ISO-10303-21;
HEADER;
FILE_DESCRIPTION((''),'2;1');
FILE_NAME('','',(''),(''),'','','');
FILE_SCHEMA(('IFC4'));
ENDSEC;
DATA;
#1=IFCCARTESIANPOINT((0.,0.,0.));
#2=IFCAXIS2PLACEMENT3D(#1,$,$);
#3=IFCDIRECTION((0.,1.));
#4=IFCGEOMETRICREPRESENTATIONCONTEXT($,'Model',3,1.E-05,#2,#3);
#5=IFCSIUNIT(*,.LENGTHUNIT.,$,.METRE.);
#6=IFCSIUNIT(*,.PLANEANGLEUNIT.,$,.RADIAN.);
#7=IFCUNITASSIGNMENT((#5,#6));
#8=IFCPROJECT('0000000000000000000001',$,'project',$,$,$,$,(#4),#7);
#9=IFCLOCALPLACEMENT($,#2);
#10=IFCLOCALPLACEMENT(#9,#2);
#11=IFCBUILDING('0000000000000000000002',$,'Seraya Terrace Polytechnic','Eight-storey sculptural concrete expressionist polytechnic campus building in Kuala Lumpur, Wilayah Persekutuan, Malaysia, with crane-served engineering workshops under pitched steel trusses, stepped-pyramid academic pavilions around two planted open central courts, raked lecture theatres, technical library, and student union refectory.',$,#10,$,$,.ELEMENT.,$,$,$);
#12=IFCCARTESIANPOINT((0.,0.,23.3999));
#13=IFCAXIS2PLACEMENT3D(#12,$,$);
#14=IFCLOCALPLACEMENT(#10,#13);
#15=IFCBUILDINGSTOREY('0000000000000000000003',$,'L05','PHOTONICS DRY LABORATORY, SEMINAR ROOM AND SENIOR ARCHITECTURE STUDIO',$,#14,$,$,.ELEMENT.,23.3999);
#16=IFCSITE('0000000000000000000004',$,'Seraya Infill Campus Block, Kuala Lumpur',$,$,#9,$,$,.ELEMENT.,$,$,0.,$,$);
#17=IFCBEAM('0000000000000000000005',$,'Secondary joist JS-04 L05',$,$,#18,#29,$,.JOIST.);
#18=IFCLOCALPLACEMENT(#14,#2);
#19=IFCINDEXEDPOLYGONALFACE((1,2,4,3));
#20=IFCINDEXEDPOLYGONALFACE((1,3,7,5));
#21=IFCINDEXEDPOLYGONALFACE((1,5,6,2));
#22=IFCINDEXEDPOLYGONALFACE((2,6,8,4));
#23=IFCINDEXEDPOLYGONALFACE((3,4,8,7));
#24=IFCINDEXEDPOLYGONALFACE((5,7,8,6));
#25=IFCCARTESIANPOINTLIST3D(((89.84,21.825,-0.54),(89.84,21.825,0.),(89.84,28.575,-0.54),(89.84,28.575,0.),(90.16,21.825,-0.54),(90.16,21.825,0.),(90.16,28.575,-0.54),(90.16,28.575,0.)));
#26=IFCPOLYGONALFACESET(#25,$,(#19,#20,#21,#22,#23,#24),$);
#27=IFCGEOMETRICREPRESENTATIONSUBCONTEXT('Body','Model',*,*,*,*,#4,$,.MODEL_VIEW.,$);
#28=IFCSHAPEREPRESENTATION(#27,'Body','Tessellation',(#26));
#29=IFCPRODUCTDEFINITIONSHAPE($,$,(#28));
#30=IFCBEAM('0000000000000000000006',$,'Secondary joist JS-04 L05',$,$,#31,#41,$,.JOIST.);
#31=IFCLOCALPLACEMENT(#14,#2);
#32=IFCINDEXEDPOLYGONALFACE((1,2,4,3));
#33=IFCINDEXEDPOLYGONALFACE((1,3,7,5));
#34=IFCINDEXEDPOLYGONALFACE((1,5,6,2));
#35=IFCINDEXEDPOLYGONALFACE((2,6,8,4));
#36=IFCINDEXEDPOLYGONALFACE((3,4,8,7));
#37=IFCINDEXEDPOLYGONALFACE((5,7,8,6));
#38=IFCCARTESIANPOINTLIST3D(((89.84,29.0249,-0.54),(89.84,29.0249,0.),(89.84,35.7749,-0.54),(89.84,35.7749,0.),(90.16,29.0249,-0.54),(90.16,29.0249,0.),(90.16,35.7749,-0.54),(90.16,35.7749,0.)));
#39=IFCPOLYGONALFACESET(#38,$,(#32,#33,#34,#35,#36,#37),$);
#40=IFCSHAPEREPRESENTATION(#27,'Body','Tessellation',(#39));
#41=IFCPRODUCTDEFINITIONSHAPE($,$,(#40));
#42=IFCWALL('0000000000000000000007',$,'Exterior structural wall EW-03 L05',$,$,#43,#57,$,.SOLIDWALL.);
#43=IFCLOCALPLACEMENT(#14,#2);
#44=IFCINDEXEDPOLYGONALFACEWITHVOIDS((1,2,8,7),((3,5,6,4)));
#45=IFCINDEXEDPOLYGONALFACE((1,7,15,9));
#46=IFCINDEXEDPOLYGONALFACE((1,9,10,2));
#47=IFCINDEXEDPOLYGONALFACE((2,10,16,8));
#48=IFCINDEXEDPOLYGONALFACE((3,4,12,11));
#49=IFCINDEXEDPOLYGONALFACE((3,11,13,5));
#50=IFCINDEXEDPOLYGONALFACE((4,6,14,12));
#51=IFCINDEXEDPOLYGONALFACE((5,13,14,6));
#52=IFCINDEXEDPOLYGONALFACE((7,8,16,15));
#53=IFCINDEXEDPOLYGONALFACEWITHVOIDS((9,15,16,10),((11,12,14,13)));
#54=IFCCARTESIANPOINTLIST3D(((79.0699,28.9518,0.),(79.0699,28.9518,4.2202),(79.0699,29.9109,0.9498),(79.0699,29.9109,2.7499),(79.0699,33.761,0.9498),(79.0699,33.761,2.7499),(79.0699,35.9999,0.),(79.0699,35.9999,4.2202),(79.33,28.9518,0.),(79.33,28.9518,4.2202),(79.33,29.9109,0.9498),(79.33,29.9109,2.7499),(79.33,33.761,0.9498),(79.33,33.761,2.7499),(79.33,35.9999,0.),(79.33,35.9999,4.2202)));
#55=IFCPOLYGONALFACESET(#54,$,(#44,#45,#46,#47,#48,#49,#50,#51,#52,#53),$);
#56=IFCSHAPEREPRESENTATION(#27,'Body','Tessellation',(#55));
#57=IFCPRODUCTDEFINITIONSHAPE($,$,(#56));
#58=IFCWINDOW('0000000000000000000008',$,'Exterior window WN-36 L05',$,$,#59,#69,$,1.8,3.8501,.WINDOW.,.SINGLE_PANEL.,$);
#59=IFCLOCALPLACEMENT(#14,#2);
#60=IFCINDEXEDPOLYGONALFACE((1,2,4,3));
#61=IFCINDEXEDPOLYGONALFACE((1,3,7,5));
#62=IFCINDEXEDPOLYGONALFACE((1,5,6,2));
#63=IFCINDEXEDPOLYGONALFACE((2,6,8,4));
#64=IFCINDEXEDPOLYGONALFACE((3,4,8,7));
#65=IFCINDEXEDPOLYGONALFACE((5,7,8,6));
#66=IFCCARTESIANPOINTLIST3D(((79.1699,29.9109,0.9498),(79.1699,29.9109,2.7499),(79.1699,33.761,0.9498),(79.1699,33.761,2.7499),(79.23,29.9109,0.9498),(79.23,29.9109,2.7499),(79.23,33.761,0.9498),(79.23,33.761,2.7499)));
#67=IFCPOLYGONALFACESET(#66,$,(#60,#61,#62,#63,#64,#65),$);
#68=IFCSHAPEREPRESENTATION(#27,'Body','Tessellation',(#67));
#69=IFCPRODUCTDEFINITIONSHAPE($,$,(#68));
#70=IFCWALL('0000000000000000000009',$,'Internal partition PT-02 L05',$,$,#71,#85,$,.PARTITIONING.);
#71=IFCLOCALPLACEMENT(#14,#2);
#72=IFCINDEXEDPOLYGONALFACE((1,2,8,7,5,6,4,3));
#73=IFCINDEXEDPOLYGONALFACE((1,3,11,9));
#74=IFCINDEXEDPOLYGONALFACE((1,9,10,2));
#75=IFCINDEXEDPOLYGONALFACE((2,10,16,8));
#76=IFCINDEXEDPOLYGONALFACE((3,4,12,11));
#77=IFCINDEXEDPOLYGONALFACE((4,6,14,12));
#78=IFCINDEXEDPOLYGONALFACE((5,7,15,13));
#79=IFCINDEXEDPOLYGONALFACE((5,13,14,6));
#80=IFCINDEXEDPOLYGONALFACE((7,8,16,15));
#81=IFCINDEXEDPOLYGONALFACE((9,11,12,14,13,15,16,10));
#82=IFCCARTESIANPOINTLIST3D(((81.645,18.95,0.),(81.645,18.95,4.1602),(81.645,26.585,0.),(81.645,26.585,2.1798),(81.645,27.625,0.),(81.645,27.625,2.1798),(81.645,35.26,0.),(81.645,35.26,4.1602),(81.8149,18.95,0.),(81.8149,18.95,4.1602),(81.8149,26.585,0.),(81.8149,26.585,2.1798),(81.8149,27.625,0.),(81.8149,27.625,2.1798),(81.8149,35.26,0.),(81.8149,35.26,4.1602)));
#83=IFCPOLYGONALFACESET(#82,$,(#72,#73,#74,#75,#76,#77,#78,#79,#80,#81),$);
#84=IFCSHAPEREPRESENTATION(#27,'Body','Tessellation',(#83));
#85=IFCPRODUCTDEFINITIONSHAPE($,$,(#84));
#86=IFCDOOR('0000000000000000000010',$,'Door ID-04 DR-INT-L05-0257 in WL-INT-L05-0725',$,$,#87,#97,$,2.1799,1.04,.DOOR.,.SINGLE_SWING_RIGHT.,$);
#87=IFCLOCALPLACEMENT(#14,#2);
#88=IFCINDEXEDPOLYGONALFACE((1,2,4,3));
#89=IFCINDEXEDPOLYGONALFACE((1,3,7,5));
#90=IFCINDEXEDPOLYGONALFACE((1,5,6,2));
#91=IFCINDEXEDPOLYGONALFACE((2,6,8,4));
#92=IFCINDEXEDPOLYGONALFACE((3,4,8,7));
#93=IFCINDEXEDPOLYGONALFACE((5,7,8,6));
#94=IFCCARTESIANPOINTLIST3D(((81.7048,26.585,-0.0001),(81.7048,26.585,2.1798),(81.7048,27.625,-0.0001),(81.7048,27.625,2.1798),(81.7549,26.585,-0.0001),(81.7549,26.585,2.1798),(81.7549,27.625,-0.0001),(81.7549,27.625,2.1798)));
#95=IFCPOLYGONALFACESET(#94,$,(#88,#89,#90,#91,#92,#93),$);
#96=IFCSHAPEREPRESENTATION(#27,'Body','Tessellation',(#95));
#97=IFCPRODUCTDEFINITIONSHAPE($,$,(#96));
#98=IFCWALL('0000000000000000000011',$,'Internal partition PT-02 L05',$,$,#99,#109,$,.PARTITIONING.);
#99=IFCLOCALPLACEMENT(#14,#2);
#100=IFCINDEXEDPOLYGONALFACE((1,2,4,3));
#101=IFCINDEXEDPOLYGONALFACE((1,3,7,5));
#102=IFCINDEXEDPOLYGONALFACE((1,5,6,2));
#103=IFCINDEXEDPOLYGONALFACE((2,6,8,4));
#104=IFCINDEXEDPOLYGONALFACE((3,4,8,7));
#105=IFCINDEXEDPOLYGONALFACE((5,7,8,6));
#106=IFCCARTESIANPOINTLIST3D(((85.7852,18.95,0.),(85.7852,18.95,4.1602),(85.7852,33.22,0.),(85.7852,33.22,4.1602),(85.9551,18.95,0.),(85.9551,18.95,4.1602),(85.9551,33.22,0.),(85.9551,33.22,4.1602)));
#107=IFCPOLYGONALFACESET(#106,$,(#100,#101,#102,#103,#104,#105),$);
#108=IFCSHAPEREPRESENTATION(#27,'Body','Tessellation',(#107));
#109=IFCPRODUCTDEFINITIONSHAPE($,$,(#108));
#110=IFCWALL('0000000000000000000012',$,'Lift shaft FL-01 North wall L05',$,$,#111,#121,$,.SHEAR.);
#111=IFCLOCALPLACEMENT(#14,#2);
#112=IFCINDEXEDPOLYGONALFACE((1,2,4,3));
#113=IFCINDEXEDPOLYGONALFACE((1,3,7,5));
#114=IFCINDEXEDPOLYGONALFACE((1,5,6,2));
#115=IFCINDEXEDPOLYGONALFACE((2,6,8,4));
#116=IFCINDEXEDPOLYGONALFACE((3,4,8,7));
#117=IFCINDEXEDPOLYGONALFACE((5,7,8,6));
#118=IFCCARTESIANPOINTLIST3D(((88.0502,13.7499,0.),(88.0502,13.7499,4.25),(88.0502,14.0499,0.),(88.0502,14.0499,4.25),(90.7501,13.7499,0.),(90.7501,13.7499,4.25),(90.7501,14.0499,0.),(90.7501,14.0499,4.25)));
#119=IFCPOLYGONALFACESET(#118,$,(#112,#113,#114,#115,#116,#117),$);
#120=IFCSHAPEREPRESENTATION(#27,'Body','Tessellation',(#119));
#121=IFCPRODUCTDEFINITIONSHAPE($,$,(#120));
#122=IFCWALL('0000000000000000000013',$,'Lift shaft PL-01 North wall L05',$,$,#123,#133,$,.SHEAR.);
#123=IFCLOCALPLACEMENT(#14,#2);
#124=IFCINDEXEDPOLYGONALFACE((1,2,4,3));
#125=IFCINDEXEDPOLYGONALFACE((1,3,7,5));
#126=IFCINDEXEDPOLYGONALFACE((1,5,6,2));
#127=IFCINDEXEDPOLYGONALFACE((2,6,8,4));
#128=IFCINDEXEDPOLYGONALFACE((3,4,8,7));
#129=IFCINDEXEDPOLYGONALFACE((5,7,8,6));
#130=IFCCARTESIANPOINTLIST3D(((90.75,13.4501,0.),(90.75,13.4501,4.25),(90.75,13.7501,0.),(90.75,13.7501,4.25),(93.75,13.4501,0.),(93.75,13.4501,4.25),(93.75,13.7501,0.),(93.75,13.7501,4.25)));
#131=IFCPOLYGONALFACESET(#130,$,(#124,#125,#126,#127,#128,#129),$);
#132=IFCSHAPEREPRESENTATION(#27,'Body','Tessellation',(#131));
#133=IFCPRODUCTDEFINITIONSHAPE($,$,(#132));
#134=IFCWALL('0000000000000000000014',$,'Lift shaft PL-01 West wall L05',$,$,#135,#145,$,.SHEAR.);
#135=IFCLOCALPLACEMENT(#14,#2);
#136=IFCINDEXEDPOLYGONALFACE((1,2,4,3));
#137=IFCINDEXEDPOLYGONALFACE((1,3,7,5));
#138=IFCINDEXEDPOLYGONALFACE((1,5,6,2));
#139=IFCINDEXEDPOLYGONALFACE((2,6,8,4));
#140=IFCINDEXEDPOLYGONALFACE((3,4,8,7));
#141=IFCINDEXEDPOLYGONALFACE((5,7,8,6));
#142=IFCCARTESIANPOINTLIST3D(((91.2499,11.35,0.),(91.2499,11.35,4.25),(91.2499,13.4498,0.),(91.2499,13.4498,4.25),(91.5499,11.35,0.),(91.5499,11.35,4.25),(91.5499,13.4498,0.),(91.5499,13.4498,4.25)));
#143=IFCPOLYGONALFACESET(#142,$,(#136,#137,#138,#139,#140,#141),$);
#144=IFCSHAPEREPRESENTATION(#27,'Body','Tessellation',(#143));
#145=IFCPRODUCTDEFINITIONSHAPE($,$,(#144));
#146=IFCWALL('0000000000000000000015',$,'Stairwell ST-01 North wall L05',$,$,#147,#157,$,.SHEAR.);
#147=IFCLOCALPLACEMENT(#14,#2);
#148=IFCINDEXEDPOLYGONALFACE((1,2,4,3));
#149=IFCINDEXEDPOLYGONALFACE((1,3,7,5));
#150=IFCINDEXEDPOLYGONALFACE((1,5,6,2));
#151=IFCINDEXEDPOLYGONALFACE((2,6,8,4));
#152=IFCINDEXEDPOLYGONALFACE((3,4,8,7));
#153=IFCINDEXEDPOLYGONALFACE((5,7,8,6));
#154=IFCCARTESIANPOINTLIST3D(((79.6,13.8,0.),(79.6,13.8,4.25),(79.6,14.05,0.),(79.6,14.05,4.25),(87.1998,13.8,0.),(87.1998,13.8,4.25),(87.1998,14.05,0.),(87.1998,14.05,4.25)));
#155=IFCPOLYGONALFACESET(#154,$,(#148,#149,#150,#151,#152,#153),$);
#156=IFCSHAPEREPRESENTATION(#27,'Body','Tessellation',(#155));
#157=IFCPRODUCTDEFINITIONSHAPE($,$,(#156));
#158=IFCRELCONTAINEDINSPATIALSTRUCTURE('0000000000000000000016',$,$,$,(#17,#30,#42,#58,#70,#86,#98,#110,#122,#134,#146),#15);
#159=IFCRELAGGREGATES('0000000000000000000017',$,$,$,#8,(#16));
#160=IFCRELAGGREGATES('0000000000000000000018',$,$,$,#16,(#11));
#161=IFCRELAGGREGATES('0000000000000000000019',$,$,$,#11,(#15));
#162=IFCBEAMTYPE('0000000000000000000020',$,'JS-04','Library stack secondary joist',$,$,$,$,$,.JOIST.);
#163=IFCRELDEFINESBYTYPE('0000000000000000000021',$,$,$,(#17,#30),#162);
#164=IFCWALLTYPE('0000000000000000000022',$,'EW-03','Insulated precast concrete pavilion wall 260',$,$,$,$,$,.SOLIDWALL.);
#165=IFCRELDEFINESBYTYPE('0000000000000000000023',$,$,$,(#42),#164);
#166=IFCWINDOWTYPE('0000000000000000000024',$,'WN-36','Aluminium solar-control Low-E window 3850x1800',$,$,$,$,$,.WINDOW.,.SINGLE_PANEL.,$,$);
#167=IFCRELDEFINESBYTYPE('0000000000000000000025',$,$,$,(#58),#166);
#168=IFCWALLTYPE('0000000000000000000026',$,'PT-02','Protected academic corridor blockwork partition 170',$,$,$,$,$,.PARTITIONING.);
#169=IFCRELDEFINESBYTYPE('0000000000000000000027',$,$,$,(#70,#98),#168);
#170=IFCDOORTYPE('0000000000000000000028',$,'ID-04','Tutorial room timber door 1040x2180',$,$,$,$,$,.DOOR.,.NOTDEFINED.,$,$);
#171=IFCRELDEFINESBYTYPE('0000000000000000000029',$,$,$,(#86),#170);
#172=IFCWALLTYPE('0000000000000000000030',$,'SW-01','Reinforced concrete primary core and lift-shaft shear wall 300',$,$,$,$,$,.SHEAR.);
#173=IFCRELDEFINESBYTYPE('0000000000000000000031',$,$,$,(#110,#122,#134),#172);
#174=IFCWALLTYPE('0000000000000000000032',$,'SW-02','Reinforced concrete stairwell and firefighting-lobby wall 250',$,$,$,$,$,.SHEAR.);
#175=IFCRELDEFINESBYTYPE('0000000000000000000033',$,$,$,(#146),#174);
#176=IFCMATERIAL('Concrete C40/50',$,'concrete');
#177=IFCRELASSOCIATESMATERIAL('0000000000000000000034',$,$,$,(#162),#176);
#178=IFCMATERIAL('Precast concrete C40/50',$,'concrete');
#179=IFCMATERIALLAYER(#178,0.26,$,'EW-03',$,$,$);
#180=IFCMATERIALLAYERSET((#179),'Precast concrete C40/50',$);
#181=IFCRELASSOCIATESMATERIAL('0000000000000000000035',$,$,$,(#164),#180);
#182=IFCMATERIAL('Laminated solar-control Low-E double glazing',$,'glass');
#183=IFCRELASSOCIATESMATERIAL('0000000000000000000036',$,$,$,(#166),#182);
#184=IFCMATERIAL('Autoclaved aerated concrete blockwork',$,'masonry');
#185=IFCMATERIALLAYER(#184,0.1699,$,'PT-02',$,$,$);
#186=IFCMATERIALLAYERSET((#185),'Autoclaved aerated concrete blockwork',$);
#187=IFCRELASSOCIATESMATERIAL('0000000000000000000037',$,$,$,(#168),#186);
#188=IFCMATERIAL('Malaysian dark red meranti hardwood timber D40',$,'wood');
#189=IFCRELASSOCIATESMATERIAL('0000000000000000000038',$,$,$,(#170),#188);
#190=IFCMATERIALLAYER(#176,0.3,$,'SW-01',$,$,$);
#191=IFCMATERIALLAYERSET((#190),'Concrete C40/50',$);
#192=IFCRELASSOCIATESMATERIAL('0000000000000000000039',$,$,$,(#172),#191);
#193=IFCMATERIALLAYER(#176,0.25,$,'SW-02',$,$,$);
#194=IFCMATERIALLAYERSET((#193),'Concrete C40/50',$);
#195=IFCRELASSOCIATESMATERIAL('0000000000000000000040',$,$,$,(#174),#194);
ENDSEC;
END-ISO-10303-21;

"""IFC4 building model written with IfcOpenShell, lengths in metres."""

from ifc_helpers import new_model, si_unit, direction, frame, frame_2d, origin, origin_2d, place, context, subcontext, project, spatial, rectangle, extrude, material, layer, layer_set, material_profile, profile_set, type_object, element, fill, save


model = new_model("IFC4")

# Units and contexts
model_context = context("Model", 3, precision=1e-05, world=origin(), true_north=direction((0.0, 1.0)))
body_context = subcontext(model_context, "Body", "Model", "MODEL_VIEW")
ifc_project = project(units=[si_unit("LENGTHUNIT", "METRE"), si_unit("PLANEANGLEUNIT", "RADIAN")], contexts=[model_context])

# Site, building, storey
site_placement = place(None, origin())
site = spatial("IfcSite", under=ifc_project, at=site_placement, Name="Seraya Infill Campus Block, Kuala Lumpur", CompositionType="ELEMENT", RefElevation=0.0)
building_placement = place(site_placement, origin())
building = spatial("IfcBuilding", under=site, at=building_placement, Name="Seraya Terrace Polytechnic", Description="Eight-storey sculptural concrete expressionist polytechnic campus building in Kuala Lumpur, Wilayah Persekutuan, Malaysia, with crane-served engineering workshops under pitched steel trusses, stepped-pyramid academic pavilions around two planted open central courts, raked lecture theatres, technical library, and student union refectory.", CompositionType="ELEMENT")
storey_placement = place(building_placement, frame((0.0, 0.0, 23.3999)))
storey = spatial("IfcBuildingStorey", under=building, at=storey_placement, Name="L05", Description="PHOTONICS DRY LABORATORY, SEMINAR ROOM AND SENIOR ARCHITECTURE STUDIO", CompositionType="ELEMENT", Elevation=23.3999)

# Shared definitions
ifc_material_1 = material(Name="Concrete C40/50", Category="concrete")

# Beams
ifc_material_profile_1 = material_profile(ifc_material_1, rectangle(XDim=0.3201, YDim=0.54, at=origin_2d()), Name="RC 320x540")
ifc_profile_set_1 = profile_set([ifc_material_profile_1], Name="Concrete C40/50")
beam_type_1 = type_object("IfcBeamType", Name="JS-04", Description="Library stack secondary joist", PredefinedType="JOIST", material=ifc_profile_set_1)
for number, where, z_axis, x_axis, name in (
    (1, (90.0, 21.825, -0.27), (0.0, 1.0, 0.0), (-1.0, 0.0, 0.0), "Secondary joist JS-04 L05"),
    (2, (90.0, 29.0249, -0.27), (0.0, 1.0, 0.0), (-1.0, 0.0, 0.0), "Secondary joist JS-04 L05"),
):
    element("IfcBeam", number, at=place(storey_placement, frame(where, z_axis=z_axis, x_axis=x_axis)), inside=storey, type_object=beam_type_1, Name=name, PredefinedType="JOIST", context=body_context, shape_type="SweptSolid", body=[
        extrude(rectangle(XDim=0.3201, YDim=0.54, at=origin_2d()), origin(), (0.0, 0.0, 1.0), 6.75),
    ])

# Wall, opening, window
ifc_material_2 = material(Name="Precast concrete C40/50", Category="concrete")
ifc_layer_1 = layer(ifc_material_2, 0.26, Name="EW-03")
ifc_layer_set_1 = layer_set([ifc_layer_1], Name="Precast concrete C40/50")
wall_type_1 = type_object("IfcWallType", Name="EW-03", Description="Insulated precast concrete pavilion wall 260", PredefinedType="SOLIDWALL", material=ifc_layer_set_1)
wall_1_placement = place(storey_placement, frame((79.2, 28.9519, 0.0), z_axis=(0.0, 0.0, 1.0), x_axis=(0.0, 1.0, 0.0)))
wall_1 = element("IfcWall", 3, at=wall_1_placement, inside=storey, type_object=wall_type_1, Name="Exterior structural wall EW-03 L05", PredefinedType="SOLIDWALL", context=body_context, shape_type="SweptSolid", body=[
    extrude(rectangle(XDim=7.0481, YDim=0.26, at=frame_2d((3.5239, 0.0))), origin(), (0.0, 0.0, 1.0), 4.2202),
])
opening_1_placement = place(wall_1_placement, frame((0.959, 0.0, 0.95)))
opening_1 = element("IfcOpeningElement", 4, at=opening_1_placement, cuts=wall_1, PredefinedType="OPENING", context=body_context, shape_type="SweptSolid", body=[
    extrude(rectangle(XDim=3.8501, YDim=1.8, at=frame_2d((1.925, 0.8999))), frame((0.0, 0.1421, 0.0), z_axis=(0.0, -1.0, 0.0), x_axis=(1.0, 0.0, 0.0)), (0.0, 0.0, 1.0), 0.2839),
])
ifc_material_3 = material(Name="Laminated solar-control Low-E double glazing", Category="glass")
window_type = type_object("IfcWindowType", Name="WN-36", Description="Aluminium solar-control Low-E window 3850x1800", PartitioningType="SINGLE_PANEL", PredefinedType="WINDOW", material=ifc_material_3)
window_placement = place(opening_1_placement, origin())
window = element("IfcWindow", 5, at=window_placement, inside=storey, type_object=window_type, Name="Exterior window WN-36 L05", OverallHeight=1.8, OverallWidth=3.8501, PartitioningType="SINGLE_PANEL", PredefinedType="WINDOW", context=body_context, shape_type="SweptSolid", body=[
    extrude(rectangle(XDim=3.8501, YDim=1.8, at=frame_2d((1.925, 0.8999))), frame((0.0, 0.03, 0.0), z_axis=(0.0, -1.0, 0.0), x_axis=(1.0, 0.0, 0.0)), (0.0, 0.0, 1.0), 0.0601),
])
fill(opening_1, window)

# Wall, opening, door
ifc_material_4 = material(Name="Autoclaved aerated concrete blockwork", Category="masonry")
ifc_layer_2 = layer(ifc_material_4, 0.1699, Name="PT-02")
ifc_layer_set_2 = layer_set([ifc_layer_2], Name="Autoclaved aerated concrete blockwork")
wall_type_2 = type_object("IfcWallType", Name="PT-02", Description="Protected academic corridor blockwork partition 170", PredefinedType="PARTITIONING", material=ifc_layer_set_2)
wall_2_placement = place(storey_placement, frame((81.73, 18.95, 0.0), z_axis=(0.0, 0.0, 1.0), x_axis=(0.0, 1.0, 0.0)))
wall_2 = element("IfcWall", 6, at=wall_2_placement, inside=storey, type_object=wall_type_2, Name="Internal partition PT-02 L05", PredefinedType="PARTITIONING", context=body_context, shape_type="SweptSolid", body=[
    extrude(rectangle(XDim=16.3101, YDim=0.1699, at=frame_2d((8.155, 0.0))), origin(), (0.0, 0.0, 1.0), 4.1602),
])
opening_2_placement = place(wall_2_placement, frame((7.635, 0.0, 0.0)))
opening_2 = element("IfcOpeningElement", 7, at=opening_2_placement, cuts=wall_2, PredefinedType="OPENING", context=body_context, shape_type="SweptSolid", body=[
    extrude(rectangle(XDim=1.04, YDim=2.1799, at=frame_2d((0.52, 1.0898))), frame((0.0, 0.0969, 0.0), z_axis=(0.0, -1.0, 0.0), x_axis=(1.0, 0.0, 0.0)), (0.0, 0.0, 1.0), 0.1938),
])
ifc_material_5 = material(Name="Malaysian dark red meranti hardwood timber D40", Category="wood")
door_type = type_object("IfcDoorType", Name="ID-04", Description="Tutorial room timber door 1040x2180", OperationType="NOTDEFINED", PredefinedType="DOOR", material=ifc_material_5)
door_placement = place(opening_2_placement, frame((1.04, 0.0, 0.0), z_axis=(0.0, 0.0, 1.0), x_axis=(-1.0, 0.0, 0.0)))
door = element("IfcDoor", 8, at=door_placement, inside=storey, type_object=door_type, Name="Door ID-04 DR-INT-L05-0257 in WL-INT-L05-0725", OperationType="SINGLE_SWING_RIGHT", OverallHeight=2.1799, OverallWidth=1.04, PredefinedType="DOOR", context=body_context, shape_type="SweptSolid", body=[
    extrude(rectangle(XDim=1.04, YDim=2.1799, at=frame_2d((0.52, 1.0898))), frame((0.0, 0.0249, 0.0), z_axis=(0.0, -1.0, 0.0), x_axis=(1.0, 0.0, 0.0)), (0.0, 0.0, 1.0), 0.05),
])
fill(opening_2, door)

# Walls
wall_3_placement = place(storey_placement, frame((85.8701, 18.95, 0.0), z_axis=(0.0, 0.0, 1.0), x_axis=(0.0, 1.0, 0.0)))
element("IfcWall", 9, at=wall_3_placement, inside=storey, type_object=wall_type_2, Name="Internal partition PT-02 L05", PredefinedType="PARTITIONING", context=body_context, shape_type="SweptSolid", body=[
    extrude(rectangle(XDim=14.27, YDim=0.1699, at=frame_2d((7.135, 0.0))), origin(), (0.0, 0.0, 1.0), 4.1602),
])
ifc_layer_3 = layer(ifc_material_1, 0.3, Name="SW-01")
ifc_layer_set_3 = layer_set([ifc_layer_3], Name="Concrete C40/50")
wall_type_3 = type_object("IfcWallType", Name="SW-01", Description="Reinforced concrete primary core and lift-shaft shear wall 300", PredefinedType="SHEAR", material=ifc_layer_set_3)
wall_4_placement = place(storey_placement, frame((88.05, 13.8999, 0.0), z_axis=(0.0, 0.0, 1.0), x_axis=(1.0, 0.0, 0.0)))
element("IfcWall", 10, at=wall_4_placement, inside=storey, type_object=wall_type_3, Name="Lift shaft FL-01 North wall L05", PredefinedType="SHEAR", context=body_context, shape_type="SweptSolid", body=[
    extrude(rectangle(XDim=2.7, YDim=0.3, at=frame_2d((1.3501, 0.0))), origin(), (0.0, 0.0, 1.0), 4.25),
])
wall_5_placement = place(storey_placement, frame((90.75, 13.6001, 0.0), z_axis=(0.0, 0.0, 1.0), x_axis=(1.0, 0.0, 0.0)))
element("IfcWall", 11, at=wall_5_placement, inside=storey, type_object=wall_type_3, Name="Lift shaft PL-01 North wall L05", PredefinedType="SHEAR", context=body_context, shape_type="SweptSolid", body=[
    extrude(rectangle(XDim=3.0, YDim=0.3, at=frame_2d((1.5, 0.0))), origin(), (0.0, 0.0, 1.0), 4.25),
])
wall_6_placement = place(storey_placement, frame((91.3999, 11.3501, 0.0), z_axis=(0.0, 0.0, 1.0), x_axis=(0.0, 1.0, 0.0)))
element("IfcWall", 12, at=wall_6_placement, inside=storey, type_object=wall_type_3, Name="Lift shaft PL-01 West wall L05", PredefinedType="SHEAR", context=body_context, shape_type="SweptSolid", body=[
    extrude(rectangle(XDim=2.0999, YDim=0.3, at=frame_2d((1.0498, 0.0))), origin(), (0.0, 0.0, 1.0), 4.25),
])
ifc_layer_4 = layer(ifc_material_1, 0.25, Name="SW-02")
ifc_layer_set_4 = layer_set([ifc_layer_4], Name="Concrete C40/50")
wall_type_4 = type_object("IfcWallType", Name="SW-02", Description="Reinforced concrete stairwell and firefighting-lobby wall 250", PredefinedType="SHEAR", material=ifc_layer_set_4)
wall_7_placement = place(storey_placement, frame((79.6001, 13.925, 0.0), z_axis=(0.0, 0.0, 1.0), x_axis=(1.0, 0.0, 0.0)))
element("IfcWall", 13, at=wall_7_placement, inside=storey, type_object=wall_type_4, Name="Stairwell ST-01 North wall L05", PredefinedType="SHEAR", context=body_context, shape_type="SweptSolid", body=[
    extrude(rectangle(XDim=7.5999, YDim=0.25, at=frame_2d((3.7998, 0.0))), origin(), (0.0, 0.0, 1.0), 4.25),
])

save(model, "model.ifc")
